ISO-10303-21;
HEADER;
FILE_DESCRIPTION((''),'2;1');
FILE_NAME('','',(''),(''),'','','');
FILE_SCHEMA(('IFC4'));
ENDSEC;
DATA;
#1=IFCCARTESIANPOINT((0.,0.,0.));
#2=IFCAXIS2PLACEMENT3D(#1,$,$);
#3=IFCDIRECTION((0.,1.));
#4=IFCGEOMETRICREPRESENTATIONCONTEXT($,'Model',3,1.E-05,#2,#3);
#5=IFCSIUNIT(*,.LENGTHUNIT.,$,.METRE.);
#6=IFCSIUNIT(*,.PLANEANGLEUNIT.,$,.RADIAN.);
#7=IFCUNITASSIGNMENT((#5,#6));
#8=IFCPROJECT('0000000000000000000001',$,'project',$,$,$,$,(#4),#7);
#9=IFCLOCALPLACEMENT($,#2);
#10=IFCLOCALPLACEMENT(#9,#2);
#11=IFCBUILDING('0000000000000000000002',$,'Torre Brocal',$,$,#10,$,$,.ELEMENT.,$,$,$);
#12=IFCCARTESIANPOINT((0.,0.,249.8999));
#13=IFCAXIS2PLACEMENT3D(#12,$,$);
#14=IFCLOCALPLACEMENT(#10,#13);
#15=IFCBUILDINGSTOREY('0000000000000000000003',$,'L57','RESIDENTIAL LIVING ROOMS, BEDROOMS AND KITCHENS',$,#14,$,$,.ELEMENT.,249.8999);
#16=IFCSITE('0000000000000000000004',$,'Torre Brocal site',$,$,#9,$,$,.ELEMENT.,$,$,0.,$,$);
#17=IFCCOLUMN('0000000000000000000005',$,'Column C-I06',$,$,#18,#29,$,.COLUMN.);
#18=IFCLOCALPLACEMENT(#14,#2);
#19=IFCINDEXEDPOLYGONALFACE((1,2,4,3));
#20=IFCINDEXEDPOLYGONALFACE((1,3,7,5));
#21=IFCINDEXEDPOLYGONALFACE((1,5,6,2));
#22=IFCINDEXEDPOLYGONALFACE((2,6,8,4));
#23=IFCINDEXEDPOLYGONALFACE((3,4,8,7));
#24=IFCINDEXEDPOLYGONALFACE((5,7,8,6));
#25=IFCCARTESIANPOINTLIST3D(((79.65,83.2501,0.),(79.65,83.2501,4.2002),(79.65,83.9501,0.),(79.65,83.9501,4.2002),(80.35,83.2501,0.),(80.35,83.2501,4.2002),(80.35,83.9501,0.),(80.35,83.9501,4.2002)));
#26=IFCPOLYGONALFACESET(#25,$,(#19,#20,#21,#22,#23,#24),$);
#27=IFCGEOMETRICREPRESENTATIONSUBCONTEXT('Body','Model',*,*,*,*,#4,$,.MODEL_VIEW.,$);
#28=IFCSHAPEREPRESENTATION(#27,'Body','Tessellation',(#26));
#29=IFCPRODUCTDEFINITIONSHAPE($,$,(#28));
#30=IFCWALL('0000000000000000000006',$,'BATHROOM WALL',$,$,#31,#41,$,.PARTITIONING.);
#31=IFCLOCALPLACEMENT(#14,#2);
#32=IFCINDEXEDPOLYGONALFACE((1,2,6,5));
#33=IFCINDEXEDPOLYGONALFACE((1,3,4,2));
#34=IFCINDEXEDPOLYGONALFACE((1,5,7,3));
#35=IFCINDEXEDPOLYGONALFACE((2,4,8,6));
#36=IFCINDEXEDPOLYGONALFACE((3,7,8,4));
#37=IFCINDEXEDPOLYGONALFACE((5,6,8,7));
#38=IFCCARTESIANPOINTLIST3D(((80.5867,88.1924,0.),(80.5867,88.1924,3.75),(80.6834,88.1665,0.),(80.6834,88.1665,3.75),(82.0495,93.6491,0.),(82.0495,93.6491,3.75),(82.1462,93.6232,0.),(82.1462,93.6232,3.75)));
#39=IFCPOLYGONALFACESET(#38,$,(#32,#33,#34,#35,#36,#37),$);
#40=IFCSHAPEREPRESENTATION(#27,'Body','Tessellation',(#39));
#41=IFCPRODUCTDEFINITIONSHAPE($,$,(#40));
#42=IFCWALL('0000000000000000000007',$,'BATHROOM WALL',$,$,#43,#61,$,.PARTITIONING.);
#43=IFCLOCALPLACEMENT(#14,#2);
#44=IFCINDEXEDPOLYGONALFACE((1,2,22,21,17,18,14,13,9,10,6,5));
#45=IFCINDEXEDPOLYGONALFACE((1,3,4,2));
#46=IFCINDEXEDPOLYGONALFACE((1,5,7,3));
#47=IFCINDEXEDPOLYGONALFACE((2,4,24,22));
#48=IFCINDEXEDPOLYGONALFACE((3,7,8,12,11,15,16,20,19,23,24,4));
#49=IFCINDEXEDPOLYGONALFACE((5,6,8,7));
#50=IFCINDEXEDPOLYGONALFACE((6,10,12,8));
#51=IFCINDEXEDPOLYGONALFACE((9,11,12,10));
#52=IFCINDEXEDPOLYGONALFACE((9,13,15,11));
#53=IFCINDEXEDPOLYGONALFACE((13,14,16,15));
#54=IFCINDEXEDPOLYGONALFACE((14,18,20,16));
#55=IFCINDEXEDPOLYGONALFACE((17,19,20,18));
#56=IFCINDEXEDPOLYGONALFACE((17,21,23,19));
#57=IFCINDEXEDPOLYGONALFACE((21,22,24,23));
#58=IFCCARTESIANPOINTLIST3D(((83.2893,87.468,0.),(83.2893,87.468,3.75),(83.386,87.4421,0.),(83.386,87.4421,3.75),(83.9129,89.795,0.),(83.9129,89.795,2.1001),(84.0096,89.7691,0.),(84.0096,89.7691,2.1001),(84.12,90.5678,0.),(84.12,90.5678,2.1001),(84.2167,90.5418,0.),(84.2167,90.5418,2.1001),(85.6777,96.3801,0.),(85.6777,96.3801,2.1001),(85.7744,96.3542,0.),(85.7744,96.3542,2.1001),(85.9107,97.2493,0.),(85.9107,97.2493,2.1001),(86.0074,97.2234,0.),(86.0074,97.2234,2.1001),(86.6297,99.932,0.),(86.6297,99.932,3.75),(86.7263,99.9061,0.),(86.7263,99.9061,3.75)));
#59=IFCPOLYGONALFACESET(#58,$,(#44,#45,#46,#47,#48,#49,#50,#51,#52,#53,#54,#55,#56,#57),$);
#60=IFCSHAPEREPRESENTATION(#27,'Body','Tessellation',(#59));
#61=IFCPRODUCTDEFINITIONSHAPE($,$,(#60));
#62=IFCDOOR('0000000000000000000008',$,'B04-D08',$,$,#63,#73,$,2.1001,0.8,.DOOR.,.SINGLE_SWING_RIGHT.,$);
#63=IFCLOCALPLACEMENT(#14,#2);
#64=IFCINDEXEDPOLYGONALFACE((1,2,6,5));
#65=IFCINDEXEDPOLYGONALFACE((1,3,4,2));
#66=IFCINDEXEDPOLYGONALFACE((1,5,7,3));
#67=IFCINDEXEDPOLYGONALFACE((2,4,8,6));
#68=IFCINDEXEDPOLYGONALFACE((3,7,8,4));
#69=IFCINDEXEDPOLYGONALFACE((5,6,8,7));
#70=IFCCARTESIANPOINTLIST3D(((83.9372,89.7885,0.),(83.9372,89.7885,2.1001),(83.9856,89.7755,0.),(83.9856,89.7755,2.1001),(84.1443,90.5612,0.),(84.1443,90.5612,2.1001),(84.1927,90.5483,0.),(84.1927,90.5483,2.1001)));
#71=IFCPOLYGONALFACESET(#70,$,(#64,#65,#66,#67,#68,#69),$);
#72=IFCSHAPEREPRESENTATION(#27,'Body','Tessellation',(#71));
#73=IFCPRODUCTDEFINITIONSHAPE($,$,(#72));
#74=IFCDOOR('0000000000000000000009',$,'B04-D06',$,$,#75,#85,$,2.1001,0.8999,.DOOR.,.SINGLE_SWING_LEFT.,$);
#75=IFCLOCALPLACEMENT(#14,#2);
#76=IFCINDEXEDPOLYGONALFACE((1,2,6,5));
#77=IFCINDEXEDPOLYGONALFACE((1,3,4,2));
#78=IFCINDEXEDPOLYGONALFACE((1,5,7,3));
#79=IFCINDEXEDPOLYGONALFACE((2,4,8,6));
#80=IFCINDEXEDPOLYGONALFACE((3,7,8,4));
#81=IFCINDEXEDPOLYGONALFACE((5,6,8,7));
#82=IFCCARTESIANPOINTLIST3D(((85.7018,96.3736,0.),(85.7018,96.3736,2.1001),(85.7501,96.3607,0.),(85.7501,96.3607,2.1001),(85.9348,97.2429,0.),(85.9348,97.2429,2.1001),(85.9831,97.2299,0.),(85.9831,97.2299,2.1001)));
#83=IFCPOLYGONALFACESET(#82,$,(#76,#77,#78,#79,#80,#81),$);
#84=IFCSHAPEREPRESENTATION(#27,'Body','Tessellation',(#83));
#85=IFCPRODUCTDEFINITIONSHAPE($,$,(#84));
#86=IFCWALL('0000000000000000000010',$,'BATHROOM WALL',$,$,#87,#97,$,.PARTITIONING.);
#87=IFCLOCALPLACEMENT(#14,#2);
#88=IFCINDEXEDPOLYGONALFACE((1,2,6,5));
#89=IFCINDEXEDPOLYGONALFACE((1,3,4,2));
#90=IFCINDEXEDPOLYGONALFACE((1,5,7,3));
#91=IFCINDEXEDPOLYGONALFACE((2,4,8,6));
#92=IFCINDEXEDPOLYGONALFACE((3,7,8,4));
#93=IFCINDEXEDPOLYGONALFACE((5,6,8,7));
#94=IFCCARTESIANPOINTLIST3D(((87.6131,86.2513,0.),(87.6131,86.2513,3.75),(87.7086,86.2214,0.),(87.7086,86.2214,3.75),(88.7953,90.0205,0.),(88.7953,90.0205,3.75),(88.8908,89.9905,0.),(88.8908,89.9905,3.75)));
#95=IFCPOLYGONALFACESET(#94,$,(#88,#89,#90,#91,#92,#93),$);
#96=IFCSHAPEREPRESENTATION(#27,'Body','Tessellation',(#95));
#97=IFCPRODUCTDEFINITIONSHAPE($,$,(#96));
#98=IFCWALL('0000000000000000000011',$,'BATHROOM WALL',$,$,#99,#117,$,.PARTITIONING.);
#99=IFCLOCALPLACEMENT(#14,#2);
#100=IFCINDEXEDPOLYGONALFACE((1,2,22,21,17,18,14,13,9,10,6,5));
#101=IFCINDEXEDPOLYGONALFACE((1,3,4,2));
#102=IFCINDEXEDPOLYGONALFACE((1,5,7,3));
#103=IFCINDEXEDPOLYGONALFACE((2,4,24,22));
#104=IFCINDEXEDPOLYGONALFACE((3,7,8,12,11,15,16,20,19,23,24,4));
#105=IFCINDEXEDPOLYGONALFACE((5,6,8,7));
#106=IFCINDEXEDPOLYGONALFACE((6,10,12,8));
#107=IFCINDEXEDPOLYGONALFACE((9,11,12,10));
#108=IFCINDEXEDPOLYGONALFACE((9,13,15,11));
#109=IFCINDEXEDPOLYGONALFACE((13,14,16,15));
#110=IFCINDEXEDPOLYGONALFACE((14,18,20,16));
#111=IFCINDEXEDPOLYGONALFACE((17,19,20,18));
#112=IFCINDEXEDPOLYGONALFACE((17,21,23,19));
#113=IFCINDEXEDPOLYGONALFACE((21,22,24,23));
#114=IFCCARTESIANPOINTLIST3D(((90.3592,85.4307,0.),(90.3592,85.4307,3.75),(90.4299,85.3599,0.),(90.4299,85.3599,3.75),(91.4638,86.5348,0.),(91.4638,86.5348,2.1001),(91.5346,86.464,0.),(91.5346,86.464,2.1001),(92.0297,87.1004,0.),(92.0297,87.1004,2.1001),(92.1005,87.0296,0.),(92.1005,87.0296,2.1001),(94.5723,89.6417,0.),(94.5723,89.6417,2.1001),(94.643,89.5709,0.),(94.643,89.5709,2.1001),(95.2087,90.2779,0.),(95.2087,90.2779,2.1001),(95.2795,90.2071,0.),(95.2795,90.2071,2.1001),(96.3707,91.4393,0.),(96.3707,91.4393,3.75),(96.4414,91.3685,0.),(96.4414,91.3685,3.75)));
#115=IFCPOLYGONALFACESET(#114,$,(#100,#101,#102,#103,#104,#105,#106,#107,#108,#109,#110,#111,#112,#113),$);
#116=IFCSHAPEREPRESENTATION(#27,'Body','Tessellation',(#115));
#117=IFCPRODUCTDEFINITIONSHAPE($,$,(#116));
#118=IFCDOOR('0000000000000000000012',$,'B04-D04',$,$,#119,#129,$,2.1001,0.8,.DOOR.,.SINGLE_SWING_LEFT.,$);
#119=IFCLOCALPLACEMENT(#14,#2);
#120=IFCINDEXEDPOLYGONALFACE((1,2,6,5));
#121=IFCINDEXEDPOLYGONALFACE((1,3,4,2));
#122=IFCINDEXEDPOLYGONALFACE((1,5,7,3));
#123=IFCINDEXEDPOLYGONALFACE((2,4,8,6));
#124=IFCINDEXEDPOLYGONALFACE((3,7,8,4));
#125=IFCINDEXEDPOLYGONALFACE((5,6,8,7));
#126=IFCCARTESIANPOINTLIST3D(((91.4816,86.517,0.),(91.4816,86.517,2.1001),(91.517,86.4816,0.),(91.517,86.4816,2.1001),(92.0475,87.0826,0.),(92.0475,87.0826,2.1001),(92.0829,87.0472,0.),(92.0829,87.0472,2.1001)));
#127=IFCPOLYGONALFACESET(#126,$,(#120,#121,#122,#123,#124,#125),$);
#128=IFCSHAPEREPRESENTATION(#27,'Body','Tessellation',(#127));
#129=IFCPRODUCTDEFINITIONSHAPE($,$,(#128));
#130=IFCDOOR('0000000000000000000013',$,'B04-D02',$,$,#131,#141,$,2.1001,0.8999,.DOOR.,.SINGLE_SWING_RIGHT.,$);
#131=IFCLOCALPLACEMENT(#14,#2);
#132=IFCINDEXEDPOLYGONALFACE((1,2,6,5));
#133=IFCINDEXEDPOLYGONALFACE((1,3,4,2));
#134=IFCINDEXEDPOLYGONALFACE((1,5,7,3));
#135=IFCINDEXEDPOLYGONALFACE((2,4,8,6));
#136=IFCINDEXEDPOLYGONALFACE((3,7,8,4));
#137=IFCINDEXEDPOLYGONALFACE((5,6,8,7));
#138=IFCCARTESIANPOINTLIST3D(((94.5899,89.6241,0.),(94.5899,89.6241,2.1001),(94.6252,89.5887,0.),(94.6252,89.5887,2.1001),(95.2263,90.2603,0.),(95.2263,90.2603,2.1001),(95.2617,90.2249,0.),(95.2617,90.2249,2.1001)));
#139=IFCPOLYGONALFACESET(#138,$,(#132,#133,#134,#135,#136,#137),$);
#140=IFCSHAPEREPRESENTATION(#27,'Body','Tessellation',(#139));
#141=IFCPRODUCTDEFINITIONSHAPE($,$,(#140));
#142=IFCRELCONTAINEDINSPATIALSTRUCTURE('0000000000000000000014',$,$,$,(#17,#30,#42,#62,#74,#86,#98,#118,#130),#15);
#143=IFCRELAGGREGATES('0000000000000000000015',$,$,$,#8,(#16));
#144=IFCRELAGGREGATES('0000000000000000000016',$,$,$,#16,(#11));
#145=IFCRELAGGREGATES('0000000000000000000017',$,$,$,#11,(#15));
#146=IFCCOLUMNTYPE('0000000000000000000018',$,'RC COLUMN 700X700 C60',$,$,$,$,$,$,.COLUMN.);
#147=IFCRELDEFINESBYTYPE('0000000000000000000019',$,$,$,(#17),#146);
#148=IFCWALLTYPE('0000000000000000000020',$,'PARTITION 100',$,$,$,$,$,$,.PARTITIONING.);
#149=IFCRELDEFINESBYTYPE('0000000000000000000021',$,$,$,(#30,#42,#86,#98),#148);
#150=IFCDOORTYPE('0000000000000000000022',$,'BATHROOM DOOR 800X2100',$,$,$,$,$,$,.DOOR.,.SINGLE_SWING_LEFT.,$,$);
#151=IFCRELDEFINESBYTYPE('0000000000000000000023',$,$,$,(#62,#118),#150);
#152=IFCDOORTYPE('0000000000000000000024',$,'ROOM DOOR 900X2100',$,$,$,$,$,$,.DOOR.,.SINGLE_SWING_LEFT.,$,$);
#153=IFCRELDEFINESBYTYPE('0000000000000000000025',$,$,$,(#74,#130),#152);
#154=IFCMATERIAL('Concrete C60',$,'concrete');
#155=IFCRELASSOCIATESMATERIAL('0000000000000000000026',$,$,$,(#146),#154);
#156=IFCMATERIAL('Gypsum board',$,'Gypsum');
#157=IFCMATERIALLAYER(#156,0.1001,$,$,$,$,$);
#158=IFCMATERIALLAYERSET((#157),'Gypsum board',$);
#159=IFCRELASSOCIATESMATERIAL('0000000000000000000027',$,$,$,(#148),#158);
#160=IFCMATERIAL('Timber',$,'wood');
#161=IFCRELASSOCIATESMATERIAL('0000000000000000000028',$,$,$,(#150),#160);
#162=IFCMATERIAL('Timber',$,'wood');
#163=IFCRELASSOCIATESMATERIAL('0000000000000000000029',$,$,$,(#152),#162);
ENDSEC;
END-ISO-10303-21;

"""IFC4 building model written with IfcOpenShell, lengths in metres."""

from ifc_helpers import new_model, si_unit, direction, frame, frame_2d, origin, origin_2d, place, context, subcontext, project, spatial, rectangle, extrude, material, layer, layer_set, material_profile, profile_set, type_object, element, fill, save


model = new_model("IFC4")

# Units and contexts
model_context = context("Model", 3, precision=1e-05, world=origin(), true_north=direction((0.0, 1.0)))
body_context = subcontext(model_context, "Body", "Model", "MODEL_VIEW")
ifc_project = project(units=[si_unit("LENGTHUNIT", "METRE"), si_unit("PLANEANGLEUNIT", "RADIAN")], contexts=[model_context])

# Site, building, storey
site_placement = place(None, origin())
site = spatial("IfcSite", under=ifc_project, at=site_placement, Name="Torre Brocal site", CompositionType="ELEMENT", RefElevation=0.0)
building_placement = place(site_placement, origin())
building = spatial("IfcBuilding", under=site, at=building_placement, Name="Torre Brocal", CompositionType="ELEMENT")
storey_placement = place(building_placement, frame((0.0, 0.0, 249.8999)))
storey = spatial("IfcBuildingStorey", under=building, at=storey_placement, Name="L57", Description="RESIDENTIAL LIVING ROOMS, BEDROOMS AND KITCHENS", CompositionType="ELEMENT", Elevation=249.8999)

# Column
ifc_material_1 = material(Name="Concrete C60", Category="concrete")
ifc_material_profile = material_profile(ifc_material_1, rectangle(XDim=0.7, YDim=0.7, at=origin_2d()), Name="RC 700X700")
ifc_profile_set = profile_set([ifc_material_profile], Name="Concrete C60")
column_type = type_object("IfcColumnType", Name="RC COLUMN 700X700 C60", PredefinedType="COLUMN", material=ifc_profile_set)
column_placement = place(storey_placement, frame((80.0, 83.6001, 0.0), z_axis=(0.0, 0.0, 1.0), x_axis=(0.0, 1.0, 0.0)))
element("IfcColumn", 1, at=column_placement, inside=storey, type_object=column_type, Name="Column C-I06", PredefinedType="COLUMN", context=body_context, shape_type="SweptSolid", body=[
    extrude(rectangle(XDim=0.7, YDim=0.7, at=origin_2d()), origin(), (0.0, 0.0, 1.0), 4.2002),
])

# Wall
ifc_material_2 = material(Name="Gypsum board", Category="Gypsum")
ifc_layer_1 = layer(ifc_material_2, 0.1001)
ifc_layer_set_1 = layer_set([ifc_layer_1], Name="Gypsum board")
wall_type_1 = type_object("IfcWallType", Name="PARTITION 100", PredefinedType="PARTITIONING", material=ifc_layer_set_1)
wall_1_placement = place(storey_placement, frame((80.635, 88.1794, 0.0), z_axis=(0.0, 0.0, 1.0), x_axis=(0.258943, 0.965893, 0.0)))
element("IfcWall", 2, at=wall_1_placement, inside=storey, type_object=wall_type_1, Name="BATHROOM WALL", PredefinedType="PARTITIONING", context=body_context, shape_type="SweptSolid", body=[
    extrude(rectangle(XDim=5.6494, YDim=0.1001, at=frame_2d((2.8247, 0.0))), origin(), (0.0, 0.0, 1.0), 3.75),
])

# Wall, openings, doors
wall_2_placement = place(storey_placement, frame((83.3376, 87.4551, 0.0), z_axis=(0.0, 0.0, 1.0), x_axis=(0.258866, 0.965913, 0.0)))
wall_2 = element("IfcWall", 3, at=wall_2_placement, inside=storey, type_object=wall_type_1, Name="BATHROOM WALL", PredefinedType="PARTITIONING", context=body_context, shape_type="SweptSolid", body=[
    extrude(rectangle(XDim=12.9038, YDim=0.1001, at=frame_2d((6.4519, 0.0))), origin(), (0.0, 0.0, 1.0), 3.75),
])
opening_1_placement = place(wall_2_placement, frame((9.2266, 0.0, 0.0)))
opening_1 = element("IfcOpeningElement", 4, at=opening_1_placement, cuts=wall_2, PredefinedType="OPENING", context=body_context, shape_type="SweptSolid", body=[
    extrude(rectangle(XDim=0.8999, YDim=2.1001, at=frame_2d((0.45, 1.05))), frame((0.0, 0.0601, 0.0), z_axis=(0.0, -1.0, 0.0), x_axis=(1.0, 0.0, 0.0)), (0.0, 0.0, 1.0), 0.1201),
])
opening_2_placement = place(wall_2_placement, frame((2.4092, 0.0, 0.0)))
opening_2 = element("IfcOpeningElement", 5, at=opening_2_placement, cuts=wall_2, PredefinedType="OPENING", context=body_context, shape_type="SweptSolid", body=[
    extrude(rectangle(XDim=0.8, YDim=2.1001, at=frame_2d((0.3999, 1.05))), frame((0.0, 0.0601, 0.0), z_axis=(0.0, -1.0, 0.0), x_axis=(1.0, 0.0, 0.0)), (0.0, 0.0, 1.0), 0.1201),
])
ifc_material_3 = material(Name="Timber", Category="wood")
door_type_1 = type_object("IfcDoorType", Name="BATHROOM DOOR 800X2100", OperationType="SINGLE_SWING_LEFT", PredefinedType="DOOR", material=ifc_material_3)
door_1_placement = place(opening_2_placement, origin())
door_1 = element("IfcDoor", 6, at=door_1_placement, inside=storey, type_object=door_type_1, Name="B04-D08", OperationType="SINGLE_SWING_RIGHT", OverallHeight=2.1001, OverallWidth=0.8, PredefinedType="DOOR", context=body_context, shape_type="SweptSolid", body=[
    extrude(rectangle(XDim=0.8, YDim=2.1001, at=frame_2d((0.3999, 1.05))), frame((0.0, 0.0249, 0.0), z_axis=(0.0, -1.0, 0.0), x_axis=(1.0, 0.0, 0.0)), (0.0, 0.0, 1.0), 0.05),
])
fill(opening_2, door_1)
ifc_material_4 = material(Name="Timber", Category="wood")
door_type_2 = type_object("IfcDoorType", Name="ROOM DOOR 900X2100", OperationType="SINGLE_SWING_LEFT", PredefinedType="DOOR", material=ifc_material_4)
door_2_placement = place(opening_1_placement, frame((0.8999, 0.0, 0.0), z_axis=(0.0, 0.0, 1.0), x_axis=(-1.0, 0.0, 0.0)))
door_2 = element("IfcDoor", 7, at=door_2_placement, inside=storey, type_object=door_type_2, Name="B04-D06", OperationType="SINGLE_SWING_LEFT", OverallHeight=2.1001, OverallWidth=0.8999, PredefinedType="DOOR", context=body_context, shape_type="SweptSolid", body=[
    extrude(rectangle(XDim=0.8999, YDim=2.1001, at=frame_2d((0.45, 1.05))), frame((0.0, 0.0249, 0.0), z_axis=(0.0, -1.0, 0.0), x_axis=(1.0, 0.0, 0.0)), (0.0, 0.0, 1.0), 0.05),
])
fill(opening_1, door_2)

# Wall
wall_3_placement = place(storey_placement, frame((87.6609, 86.2363, 0.0), z_axis=(0.0, 0.0, 1.0), x_axis=(0.299267, 0.954169, 0.0)))
element("IfcWall", 8, at=wall_3_placement, inside=storey, type_object=wall_type_1, Name="BATHROOM WALL", PredefinedType="PARTITIONING", context=body_context, shape_type="SweptSolid", body=[
    extrude(rectangle(XDim=3.9502, YDim=0.1001, at=frame_2d((1.9751, 0.0))), origin(), (0.0, 0.0, 1.0), 3.75),
])

# Wall, openings, doors
wall_4_placement = place(storey_placement, frame((90.3945, 85.3953, 0.0), z_axis=(0.0, 0.0, 1.0), x_axis=(0.707279, 0.706934, 0.0)))
wall_4 = element("IfcWall", 9, at=wall_4_placement, inside=storey, type_object=wall_type_1, Name="BATHROOM WALL", PredefinedType="PARTITIONING", context=body_context, shape_type="SweptSolid", body=[
    extrude(rectangle(XDim=8.4995, YDim=0.1001, at=frame_2d((4.2498, 0.0))), origin(), (0.0, 0.0, 1.0), 3.75),
])
opening_3_placement = place(wall_4_placement, frame((5.9568, 0.0, 0.0)))
opening_3 = element("IfcOpeningElement", 10, at=opening_3_placement, cuts=wall_4, PredefinedType="OPENING", context=body_context, shape_type="SweptSolid", body=[
    extrude(rectangle(XDim=0.8999, YDim=2.1001, at=frame_2d((0.45, 1.05))), frame((0.0, 0.0601, 0.0), z_axis=(0.0, -1.0, 0.0), x_axis=(1.0, 0.0, 0.0)), (0.0, 0.0, 1.0), 0.1201),
])
opening_4_placement = place(wall_4_placement, frame((1.562, 0.0, 0.0)))
opening_4 = element("IfcOpeningElement", 11, at=opening_4_placement, cuts=wall_4, PredefinedType="OPENING", context=body_context, shape_type="SweptSolid", body=[
    extrude(rectangle(XDim=0.8, YDim=2.1001, at=frame_2d((0.3999, 1.05))), frame((0.0, 0.0601, 0.0), z_axis=(0.0, -1.0, 0.0), x_axis=(1.0, 0.0, 0.0)), (0.0, 0.0, 1.0), 0.1201),
])
door_3_placement = place(opening_4_placement, origin())
door_3 = element("IfcDoor", 12, at=door_3_placement, inside=storey, type_object=door_type_1, Name="B04-D04", OperationType="SINGLE_SWING_LEFT", OverallHeight=2.1001, OverallWidth=0.8, PredefinedType="DOOR", context=body_context, shape_type="SweptSolid", body=[
    extrude(rectangle(XDim=0.8, YDim=2.1001, at=frame_2d((0.3999, 1.05))), frame((0.0, 0.0249, 0.0), z_axis=(0.0, -1.0, 0.0), x_axis=(1.0, 0.0, 0.0)), (0.0, 0.0, 1.0), 0.05),
])
fill(opening_4, door_3)
door_4_placement = place(opening_3_placement, frame((0.8999, 0.0, 0.0), z_axis=(0.0, 0.0, 1.0), x_axis=(-1.0, 0.0, 0.0)))
door_4 = element("IfcDoor", 13, at=door_4_placement, inside=storey, type_object=door_type_2, Name="B04-D02", OperationType="SINGLE_SWING_RIGHT", OverallHeight=2.1001, OverallWidth=0.8999, PredefinedType="DOOR", context=body_context, shape_type="SweptSolid", body=[
    extrude(rectangle(XDim=0.8999, YDim=2.1001, at=frame_2d((0.45, 1.05))), frame((0.0, 0.0249, 0.0), z_axis=(0.0, -1.0, 0.0), x_axis=(1.0, 0.0, 0.0)), (0.0, 0.0, 1.0), 0.05),
])
fill(opening_3, door_4)

save(model, "model.ifc")
